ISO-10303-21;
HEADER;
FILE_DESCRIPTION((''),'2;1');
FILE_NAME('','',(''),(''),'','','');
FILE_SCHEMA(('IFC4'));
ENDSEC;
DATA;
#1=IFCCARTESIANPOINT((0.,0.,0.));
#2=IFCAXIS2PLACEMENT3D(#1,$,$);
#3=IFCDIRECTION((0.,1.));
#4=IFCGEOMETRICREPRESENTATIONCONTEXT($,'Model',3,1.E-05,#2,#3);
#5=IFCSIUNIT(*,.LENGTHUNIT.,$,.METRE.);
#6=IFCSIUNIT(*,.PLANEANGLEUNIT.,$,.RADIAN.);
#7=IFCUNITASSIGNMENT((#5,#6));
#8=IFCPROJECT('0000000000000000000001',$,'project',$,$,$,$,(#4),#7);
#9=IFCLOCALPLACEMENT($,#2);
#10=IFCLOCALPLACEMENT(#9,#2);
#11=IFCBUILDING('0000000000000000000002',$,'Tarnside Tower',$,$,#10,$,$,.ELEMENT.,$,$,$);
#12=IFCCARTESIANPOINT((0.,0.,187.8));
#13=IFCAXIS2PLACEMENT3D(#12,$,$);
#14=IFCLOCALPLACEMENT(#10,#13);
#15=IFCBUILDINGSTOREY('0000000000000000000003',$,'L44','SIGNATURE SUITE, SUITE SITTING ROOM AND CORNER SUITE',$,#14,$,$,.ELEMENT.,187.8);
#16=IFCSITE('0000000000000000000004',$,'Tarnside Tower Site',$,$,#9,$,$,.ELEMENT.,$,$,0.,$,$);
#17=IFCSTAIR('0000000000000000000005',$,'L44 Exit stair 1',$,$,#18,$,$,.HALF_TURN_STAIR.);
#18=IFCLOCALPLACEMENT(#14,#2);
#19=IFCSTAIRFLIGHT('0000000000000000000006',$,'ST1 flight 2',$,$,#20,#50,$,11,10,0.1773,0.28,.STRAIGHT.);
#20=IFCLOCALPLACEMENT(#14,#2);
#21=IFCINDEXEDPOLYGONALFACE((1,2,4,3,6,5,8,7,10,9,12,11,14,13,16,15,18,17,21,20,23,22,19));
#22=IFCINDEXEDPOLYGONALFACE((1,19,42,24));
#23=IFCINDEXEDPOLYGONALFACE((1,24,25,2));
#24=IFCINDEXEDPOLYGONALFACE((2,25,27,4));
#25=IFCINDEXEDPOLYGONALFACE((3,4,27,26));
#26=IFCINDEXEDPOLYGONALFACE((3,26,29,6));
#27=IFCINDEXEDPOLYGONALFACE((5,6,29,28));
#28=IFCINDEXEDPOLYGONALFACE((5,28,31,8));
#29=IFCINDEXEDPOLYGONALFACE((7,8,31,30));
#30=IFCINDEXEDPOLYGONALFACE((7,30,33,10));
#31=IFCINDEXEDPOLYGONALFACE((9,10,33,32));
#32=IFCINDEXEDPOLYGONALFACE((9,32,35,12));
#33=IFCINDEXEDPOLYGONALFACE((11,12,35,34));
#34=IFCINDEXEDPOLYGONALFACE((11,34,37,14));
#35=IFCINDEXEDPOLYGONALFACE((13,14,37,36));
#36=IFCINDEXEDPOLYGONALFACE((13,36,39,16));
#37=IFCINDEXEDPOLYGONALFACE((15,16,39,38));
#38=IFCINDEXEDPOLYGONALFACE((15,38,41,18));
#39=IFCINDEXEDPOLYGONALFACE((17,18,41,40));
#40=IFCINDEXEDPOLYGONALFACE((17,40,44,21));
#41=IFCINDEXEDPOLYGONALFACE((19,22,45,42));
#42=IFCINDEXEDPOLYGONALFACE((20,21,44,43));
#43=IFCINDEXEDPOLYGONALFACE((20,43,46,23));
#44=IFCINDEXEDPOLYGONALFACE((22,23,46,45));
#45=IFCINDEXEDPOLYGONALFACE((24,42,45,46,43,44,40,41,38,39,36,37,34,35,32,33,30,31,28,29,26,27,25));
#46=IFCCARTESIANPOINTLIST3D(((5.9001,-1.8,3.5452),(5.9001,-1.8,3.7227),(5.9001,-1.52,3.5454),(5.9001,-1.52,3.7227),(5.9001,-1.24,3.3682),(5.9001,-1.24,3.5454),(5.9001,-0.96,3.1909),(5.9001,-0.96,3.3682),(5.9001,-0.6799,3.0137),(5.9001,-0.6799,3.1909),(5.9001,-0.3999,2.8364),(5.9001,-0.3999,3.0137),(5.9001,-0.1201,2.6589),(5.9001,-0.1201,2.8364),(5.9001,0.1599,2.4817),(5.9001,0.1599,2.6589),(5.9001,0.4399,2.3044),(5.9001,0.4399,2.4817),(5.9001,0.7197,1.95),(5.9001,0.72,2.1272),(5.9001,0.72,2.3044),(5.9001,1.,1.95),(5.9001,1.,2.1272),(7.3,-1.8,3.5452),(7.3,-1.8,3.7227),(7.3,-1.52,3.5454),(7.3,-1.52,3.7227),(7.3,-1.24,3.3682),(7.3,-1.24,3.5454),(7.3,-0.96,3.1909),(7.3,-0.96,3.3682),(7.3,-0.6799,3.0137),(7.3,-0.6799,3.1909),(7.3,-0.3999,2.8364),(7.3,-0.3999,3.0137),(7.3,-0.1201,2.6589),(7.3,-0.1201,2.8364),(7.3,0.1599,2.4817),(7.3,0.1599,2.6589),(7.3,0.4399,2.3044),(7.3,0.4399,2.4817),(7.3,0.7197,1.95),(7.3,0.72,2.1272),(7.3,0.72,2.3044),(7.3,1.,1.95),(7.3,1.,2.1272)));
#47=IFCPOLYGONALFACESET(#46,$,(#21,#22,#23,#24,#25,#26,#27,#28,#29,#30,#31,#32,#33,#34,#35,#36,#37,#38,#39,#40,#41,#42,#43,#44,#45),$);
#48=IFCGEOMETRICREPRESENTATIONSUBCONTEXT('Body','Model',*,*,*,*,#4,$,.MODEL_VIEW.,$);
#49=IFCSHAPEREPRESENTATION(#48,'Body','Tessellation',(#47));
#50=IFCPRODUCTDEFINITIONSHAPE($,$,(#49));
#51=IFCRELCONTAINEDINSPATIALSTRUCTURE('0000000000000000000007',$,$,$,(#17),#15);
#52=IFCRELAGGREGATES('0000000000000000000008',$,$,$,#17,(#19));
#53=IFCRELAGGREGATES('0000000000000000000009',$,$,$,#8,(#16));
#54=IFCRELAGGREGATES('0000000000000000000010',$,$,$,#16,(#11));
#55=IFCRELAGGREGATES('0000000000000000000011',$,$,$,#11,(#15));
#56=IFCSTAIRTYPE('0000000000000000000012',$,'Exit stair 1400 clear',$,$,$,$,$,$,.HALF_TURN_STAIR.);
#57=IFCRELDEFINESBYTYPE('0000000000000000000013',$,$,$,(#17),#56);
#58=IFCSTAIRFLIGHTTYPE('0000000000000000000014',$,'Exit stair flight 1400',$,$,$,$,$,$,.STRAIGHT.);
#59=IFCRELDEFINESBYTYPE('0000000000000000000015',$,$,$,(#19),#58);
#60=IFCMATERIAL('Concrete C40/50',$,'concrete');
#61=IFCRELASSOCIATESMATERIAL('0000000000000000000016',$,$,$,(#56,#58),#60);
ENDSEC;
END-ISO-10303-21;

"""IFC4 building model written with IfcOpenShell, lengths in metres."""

from ifc_helpers import new_model, si_unit, direction, frame, origin, place, context, subcontext, project, spatial, polyline, outline, extrude, material, type_object, element, aggregate, save


model = new_model("IFC4")

# Units and contexts
model_context = context("Model", 3, precision=1e-05, world=origin(), true_north=direction((0.0, 1.0)))
body_context = subcontext(model_context, "Body", "Model", "MODEL_VIEW")
ifc_project = project(units=[si_unit("LENGTHUNIT", "METRE"), si_unit("PLANEANGLEUNIT", "RADIAN")], contexts=[model_context])

# Site, building, storey
site_placement = place(None, origin())
site = spatial("IfcSite", under=ifc_project, at=site_placement, Name="Tarnside Tower Site", CompositionType="ELEMENT", RefElevation=0.0)
building_placement = place(site_placement, origin())
building = spatial("IfcBuilding", under=site, at=building_placement, Name="Tarnside Tower", CompositionType="ELEMENT")
storey_placement = place(building_placement, frame((0.0, 0.0, 187.8)))
storey = spatial("IfcBuildingStorey", under=building, at=storey_placement, Name="L44", Description="SIGNATURE SUITE, SUITE SITTING ROOM AND CORNER SUITE", CompositionType="ELEMENT", Elevation=187.8)

# Shared definitions
ifc_material_1 = material(Name="Concrete C40/50", Category="concrete")

# Stair, stair flight
stair_type = type_object("IfcStairType", Name="Exit stair 1400 clear", PredefinedType="HALF_TURN_STAIR", material=ifc_material_1)
stair_placement = place(storey_placement, origin())
stair = element("IfcStair", 1, at=stair_placement, inside=storey, type_object=stair_type, Name="L44 Exit stair 1", PredefinedType="HALF_TURN_STAIR")
stair_flight_type = type_object("IfcStairFlightType", Name="Exit stair flight 1400", PredefinedType="STRAIGHT", material=ifc_material_1)
stair_flight_placement = place(storey_placement, frame((6.6001, 1.0, 1.95), z_axis=(0.0, 0.0, 1.0), x_axis=(0.0, -1.0, 0.0)))
stair_flight = element("IfcStairFlight", 2, at=stair_flight_placement, type_object=stair_flight_type, Name="ST1 flight 2", NumberOfRisers=11, NumberOfTreads=10, PredefinedType="STRAIGHT", RiserHeight=0.1773, TreadLength=0.28, context=body_context, shape_type="SweptSolid", body=[
    extrude(outline(polyline([(0.0, 0.0), (0.0, 0.1772), (0.28, 0.1772), (0.28, 0.3545), (0.5601, 0.3545), (0.5601, 0.5317), (0.8401, 0.5317), (0.8401, 0.709), (1.1201, 0.709), (1.1201, 0.8865), (1.3999, 0.8865), (1.3999, 1.0637), (1.6799, 1.0637), (1.6799, 1.241), (1.96, 1.241), (1.96, 1.4182), (2.24, 1.4182), (2.24, 1.5955), (2.52, 1.5955), (2.52, 1.7727), (2.8, 1.7727), (2.8, 1.95), (2.8, 1.5952), (0.2803, 0.0), (0.0, 0.0)])), frame((0.0, 0.7, 0.0), z_axis=(0.0, -1.0, 0.0), x_axis=(1.0, 0.0, 0.0)), (0.0, 0.0, 1.0), 1.3999),
])
aggregate(stair, [stair_flight])

save(model, "model.ifc")
